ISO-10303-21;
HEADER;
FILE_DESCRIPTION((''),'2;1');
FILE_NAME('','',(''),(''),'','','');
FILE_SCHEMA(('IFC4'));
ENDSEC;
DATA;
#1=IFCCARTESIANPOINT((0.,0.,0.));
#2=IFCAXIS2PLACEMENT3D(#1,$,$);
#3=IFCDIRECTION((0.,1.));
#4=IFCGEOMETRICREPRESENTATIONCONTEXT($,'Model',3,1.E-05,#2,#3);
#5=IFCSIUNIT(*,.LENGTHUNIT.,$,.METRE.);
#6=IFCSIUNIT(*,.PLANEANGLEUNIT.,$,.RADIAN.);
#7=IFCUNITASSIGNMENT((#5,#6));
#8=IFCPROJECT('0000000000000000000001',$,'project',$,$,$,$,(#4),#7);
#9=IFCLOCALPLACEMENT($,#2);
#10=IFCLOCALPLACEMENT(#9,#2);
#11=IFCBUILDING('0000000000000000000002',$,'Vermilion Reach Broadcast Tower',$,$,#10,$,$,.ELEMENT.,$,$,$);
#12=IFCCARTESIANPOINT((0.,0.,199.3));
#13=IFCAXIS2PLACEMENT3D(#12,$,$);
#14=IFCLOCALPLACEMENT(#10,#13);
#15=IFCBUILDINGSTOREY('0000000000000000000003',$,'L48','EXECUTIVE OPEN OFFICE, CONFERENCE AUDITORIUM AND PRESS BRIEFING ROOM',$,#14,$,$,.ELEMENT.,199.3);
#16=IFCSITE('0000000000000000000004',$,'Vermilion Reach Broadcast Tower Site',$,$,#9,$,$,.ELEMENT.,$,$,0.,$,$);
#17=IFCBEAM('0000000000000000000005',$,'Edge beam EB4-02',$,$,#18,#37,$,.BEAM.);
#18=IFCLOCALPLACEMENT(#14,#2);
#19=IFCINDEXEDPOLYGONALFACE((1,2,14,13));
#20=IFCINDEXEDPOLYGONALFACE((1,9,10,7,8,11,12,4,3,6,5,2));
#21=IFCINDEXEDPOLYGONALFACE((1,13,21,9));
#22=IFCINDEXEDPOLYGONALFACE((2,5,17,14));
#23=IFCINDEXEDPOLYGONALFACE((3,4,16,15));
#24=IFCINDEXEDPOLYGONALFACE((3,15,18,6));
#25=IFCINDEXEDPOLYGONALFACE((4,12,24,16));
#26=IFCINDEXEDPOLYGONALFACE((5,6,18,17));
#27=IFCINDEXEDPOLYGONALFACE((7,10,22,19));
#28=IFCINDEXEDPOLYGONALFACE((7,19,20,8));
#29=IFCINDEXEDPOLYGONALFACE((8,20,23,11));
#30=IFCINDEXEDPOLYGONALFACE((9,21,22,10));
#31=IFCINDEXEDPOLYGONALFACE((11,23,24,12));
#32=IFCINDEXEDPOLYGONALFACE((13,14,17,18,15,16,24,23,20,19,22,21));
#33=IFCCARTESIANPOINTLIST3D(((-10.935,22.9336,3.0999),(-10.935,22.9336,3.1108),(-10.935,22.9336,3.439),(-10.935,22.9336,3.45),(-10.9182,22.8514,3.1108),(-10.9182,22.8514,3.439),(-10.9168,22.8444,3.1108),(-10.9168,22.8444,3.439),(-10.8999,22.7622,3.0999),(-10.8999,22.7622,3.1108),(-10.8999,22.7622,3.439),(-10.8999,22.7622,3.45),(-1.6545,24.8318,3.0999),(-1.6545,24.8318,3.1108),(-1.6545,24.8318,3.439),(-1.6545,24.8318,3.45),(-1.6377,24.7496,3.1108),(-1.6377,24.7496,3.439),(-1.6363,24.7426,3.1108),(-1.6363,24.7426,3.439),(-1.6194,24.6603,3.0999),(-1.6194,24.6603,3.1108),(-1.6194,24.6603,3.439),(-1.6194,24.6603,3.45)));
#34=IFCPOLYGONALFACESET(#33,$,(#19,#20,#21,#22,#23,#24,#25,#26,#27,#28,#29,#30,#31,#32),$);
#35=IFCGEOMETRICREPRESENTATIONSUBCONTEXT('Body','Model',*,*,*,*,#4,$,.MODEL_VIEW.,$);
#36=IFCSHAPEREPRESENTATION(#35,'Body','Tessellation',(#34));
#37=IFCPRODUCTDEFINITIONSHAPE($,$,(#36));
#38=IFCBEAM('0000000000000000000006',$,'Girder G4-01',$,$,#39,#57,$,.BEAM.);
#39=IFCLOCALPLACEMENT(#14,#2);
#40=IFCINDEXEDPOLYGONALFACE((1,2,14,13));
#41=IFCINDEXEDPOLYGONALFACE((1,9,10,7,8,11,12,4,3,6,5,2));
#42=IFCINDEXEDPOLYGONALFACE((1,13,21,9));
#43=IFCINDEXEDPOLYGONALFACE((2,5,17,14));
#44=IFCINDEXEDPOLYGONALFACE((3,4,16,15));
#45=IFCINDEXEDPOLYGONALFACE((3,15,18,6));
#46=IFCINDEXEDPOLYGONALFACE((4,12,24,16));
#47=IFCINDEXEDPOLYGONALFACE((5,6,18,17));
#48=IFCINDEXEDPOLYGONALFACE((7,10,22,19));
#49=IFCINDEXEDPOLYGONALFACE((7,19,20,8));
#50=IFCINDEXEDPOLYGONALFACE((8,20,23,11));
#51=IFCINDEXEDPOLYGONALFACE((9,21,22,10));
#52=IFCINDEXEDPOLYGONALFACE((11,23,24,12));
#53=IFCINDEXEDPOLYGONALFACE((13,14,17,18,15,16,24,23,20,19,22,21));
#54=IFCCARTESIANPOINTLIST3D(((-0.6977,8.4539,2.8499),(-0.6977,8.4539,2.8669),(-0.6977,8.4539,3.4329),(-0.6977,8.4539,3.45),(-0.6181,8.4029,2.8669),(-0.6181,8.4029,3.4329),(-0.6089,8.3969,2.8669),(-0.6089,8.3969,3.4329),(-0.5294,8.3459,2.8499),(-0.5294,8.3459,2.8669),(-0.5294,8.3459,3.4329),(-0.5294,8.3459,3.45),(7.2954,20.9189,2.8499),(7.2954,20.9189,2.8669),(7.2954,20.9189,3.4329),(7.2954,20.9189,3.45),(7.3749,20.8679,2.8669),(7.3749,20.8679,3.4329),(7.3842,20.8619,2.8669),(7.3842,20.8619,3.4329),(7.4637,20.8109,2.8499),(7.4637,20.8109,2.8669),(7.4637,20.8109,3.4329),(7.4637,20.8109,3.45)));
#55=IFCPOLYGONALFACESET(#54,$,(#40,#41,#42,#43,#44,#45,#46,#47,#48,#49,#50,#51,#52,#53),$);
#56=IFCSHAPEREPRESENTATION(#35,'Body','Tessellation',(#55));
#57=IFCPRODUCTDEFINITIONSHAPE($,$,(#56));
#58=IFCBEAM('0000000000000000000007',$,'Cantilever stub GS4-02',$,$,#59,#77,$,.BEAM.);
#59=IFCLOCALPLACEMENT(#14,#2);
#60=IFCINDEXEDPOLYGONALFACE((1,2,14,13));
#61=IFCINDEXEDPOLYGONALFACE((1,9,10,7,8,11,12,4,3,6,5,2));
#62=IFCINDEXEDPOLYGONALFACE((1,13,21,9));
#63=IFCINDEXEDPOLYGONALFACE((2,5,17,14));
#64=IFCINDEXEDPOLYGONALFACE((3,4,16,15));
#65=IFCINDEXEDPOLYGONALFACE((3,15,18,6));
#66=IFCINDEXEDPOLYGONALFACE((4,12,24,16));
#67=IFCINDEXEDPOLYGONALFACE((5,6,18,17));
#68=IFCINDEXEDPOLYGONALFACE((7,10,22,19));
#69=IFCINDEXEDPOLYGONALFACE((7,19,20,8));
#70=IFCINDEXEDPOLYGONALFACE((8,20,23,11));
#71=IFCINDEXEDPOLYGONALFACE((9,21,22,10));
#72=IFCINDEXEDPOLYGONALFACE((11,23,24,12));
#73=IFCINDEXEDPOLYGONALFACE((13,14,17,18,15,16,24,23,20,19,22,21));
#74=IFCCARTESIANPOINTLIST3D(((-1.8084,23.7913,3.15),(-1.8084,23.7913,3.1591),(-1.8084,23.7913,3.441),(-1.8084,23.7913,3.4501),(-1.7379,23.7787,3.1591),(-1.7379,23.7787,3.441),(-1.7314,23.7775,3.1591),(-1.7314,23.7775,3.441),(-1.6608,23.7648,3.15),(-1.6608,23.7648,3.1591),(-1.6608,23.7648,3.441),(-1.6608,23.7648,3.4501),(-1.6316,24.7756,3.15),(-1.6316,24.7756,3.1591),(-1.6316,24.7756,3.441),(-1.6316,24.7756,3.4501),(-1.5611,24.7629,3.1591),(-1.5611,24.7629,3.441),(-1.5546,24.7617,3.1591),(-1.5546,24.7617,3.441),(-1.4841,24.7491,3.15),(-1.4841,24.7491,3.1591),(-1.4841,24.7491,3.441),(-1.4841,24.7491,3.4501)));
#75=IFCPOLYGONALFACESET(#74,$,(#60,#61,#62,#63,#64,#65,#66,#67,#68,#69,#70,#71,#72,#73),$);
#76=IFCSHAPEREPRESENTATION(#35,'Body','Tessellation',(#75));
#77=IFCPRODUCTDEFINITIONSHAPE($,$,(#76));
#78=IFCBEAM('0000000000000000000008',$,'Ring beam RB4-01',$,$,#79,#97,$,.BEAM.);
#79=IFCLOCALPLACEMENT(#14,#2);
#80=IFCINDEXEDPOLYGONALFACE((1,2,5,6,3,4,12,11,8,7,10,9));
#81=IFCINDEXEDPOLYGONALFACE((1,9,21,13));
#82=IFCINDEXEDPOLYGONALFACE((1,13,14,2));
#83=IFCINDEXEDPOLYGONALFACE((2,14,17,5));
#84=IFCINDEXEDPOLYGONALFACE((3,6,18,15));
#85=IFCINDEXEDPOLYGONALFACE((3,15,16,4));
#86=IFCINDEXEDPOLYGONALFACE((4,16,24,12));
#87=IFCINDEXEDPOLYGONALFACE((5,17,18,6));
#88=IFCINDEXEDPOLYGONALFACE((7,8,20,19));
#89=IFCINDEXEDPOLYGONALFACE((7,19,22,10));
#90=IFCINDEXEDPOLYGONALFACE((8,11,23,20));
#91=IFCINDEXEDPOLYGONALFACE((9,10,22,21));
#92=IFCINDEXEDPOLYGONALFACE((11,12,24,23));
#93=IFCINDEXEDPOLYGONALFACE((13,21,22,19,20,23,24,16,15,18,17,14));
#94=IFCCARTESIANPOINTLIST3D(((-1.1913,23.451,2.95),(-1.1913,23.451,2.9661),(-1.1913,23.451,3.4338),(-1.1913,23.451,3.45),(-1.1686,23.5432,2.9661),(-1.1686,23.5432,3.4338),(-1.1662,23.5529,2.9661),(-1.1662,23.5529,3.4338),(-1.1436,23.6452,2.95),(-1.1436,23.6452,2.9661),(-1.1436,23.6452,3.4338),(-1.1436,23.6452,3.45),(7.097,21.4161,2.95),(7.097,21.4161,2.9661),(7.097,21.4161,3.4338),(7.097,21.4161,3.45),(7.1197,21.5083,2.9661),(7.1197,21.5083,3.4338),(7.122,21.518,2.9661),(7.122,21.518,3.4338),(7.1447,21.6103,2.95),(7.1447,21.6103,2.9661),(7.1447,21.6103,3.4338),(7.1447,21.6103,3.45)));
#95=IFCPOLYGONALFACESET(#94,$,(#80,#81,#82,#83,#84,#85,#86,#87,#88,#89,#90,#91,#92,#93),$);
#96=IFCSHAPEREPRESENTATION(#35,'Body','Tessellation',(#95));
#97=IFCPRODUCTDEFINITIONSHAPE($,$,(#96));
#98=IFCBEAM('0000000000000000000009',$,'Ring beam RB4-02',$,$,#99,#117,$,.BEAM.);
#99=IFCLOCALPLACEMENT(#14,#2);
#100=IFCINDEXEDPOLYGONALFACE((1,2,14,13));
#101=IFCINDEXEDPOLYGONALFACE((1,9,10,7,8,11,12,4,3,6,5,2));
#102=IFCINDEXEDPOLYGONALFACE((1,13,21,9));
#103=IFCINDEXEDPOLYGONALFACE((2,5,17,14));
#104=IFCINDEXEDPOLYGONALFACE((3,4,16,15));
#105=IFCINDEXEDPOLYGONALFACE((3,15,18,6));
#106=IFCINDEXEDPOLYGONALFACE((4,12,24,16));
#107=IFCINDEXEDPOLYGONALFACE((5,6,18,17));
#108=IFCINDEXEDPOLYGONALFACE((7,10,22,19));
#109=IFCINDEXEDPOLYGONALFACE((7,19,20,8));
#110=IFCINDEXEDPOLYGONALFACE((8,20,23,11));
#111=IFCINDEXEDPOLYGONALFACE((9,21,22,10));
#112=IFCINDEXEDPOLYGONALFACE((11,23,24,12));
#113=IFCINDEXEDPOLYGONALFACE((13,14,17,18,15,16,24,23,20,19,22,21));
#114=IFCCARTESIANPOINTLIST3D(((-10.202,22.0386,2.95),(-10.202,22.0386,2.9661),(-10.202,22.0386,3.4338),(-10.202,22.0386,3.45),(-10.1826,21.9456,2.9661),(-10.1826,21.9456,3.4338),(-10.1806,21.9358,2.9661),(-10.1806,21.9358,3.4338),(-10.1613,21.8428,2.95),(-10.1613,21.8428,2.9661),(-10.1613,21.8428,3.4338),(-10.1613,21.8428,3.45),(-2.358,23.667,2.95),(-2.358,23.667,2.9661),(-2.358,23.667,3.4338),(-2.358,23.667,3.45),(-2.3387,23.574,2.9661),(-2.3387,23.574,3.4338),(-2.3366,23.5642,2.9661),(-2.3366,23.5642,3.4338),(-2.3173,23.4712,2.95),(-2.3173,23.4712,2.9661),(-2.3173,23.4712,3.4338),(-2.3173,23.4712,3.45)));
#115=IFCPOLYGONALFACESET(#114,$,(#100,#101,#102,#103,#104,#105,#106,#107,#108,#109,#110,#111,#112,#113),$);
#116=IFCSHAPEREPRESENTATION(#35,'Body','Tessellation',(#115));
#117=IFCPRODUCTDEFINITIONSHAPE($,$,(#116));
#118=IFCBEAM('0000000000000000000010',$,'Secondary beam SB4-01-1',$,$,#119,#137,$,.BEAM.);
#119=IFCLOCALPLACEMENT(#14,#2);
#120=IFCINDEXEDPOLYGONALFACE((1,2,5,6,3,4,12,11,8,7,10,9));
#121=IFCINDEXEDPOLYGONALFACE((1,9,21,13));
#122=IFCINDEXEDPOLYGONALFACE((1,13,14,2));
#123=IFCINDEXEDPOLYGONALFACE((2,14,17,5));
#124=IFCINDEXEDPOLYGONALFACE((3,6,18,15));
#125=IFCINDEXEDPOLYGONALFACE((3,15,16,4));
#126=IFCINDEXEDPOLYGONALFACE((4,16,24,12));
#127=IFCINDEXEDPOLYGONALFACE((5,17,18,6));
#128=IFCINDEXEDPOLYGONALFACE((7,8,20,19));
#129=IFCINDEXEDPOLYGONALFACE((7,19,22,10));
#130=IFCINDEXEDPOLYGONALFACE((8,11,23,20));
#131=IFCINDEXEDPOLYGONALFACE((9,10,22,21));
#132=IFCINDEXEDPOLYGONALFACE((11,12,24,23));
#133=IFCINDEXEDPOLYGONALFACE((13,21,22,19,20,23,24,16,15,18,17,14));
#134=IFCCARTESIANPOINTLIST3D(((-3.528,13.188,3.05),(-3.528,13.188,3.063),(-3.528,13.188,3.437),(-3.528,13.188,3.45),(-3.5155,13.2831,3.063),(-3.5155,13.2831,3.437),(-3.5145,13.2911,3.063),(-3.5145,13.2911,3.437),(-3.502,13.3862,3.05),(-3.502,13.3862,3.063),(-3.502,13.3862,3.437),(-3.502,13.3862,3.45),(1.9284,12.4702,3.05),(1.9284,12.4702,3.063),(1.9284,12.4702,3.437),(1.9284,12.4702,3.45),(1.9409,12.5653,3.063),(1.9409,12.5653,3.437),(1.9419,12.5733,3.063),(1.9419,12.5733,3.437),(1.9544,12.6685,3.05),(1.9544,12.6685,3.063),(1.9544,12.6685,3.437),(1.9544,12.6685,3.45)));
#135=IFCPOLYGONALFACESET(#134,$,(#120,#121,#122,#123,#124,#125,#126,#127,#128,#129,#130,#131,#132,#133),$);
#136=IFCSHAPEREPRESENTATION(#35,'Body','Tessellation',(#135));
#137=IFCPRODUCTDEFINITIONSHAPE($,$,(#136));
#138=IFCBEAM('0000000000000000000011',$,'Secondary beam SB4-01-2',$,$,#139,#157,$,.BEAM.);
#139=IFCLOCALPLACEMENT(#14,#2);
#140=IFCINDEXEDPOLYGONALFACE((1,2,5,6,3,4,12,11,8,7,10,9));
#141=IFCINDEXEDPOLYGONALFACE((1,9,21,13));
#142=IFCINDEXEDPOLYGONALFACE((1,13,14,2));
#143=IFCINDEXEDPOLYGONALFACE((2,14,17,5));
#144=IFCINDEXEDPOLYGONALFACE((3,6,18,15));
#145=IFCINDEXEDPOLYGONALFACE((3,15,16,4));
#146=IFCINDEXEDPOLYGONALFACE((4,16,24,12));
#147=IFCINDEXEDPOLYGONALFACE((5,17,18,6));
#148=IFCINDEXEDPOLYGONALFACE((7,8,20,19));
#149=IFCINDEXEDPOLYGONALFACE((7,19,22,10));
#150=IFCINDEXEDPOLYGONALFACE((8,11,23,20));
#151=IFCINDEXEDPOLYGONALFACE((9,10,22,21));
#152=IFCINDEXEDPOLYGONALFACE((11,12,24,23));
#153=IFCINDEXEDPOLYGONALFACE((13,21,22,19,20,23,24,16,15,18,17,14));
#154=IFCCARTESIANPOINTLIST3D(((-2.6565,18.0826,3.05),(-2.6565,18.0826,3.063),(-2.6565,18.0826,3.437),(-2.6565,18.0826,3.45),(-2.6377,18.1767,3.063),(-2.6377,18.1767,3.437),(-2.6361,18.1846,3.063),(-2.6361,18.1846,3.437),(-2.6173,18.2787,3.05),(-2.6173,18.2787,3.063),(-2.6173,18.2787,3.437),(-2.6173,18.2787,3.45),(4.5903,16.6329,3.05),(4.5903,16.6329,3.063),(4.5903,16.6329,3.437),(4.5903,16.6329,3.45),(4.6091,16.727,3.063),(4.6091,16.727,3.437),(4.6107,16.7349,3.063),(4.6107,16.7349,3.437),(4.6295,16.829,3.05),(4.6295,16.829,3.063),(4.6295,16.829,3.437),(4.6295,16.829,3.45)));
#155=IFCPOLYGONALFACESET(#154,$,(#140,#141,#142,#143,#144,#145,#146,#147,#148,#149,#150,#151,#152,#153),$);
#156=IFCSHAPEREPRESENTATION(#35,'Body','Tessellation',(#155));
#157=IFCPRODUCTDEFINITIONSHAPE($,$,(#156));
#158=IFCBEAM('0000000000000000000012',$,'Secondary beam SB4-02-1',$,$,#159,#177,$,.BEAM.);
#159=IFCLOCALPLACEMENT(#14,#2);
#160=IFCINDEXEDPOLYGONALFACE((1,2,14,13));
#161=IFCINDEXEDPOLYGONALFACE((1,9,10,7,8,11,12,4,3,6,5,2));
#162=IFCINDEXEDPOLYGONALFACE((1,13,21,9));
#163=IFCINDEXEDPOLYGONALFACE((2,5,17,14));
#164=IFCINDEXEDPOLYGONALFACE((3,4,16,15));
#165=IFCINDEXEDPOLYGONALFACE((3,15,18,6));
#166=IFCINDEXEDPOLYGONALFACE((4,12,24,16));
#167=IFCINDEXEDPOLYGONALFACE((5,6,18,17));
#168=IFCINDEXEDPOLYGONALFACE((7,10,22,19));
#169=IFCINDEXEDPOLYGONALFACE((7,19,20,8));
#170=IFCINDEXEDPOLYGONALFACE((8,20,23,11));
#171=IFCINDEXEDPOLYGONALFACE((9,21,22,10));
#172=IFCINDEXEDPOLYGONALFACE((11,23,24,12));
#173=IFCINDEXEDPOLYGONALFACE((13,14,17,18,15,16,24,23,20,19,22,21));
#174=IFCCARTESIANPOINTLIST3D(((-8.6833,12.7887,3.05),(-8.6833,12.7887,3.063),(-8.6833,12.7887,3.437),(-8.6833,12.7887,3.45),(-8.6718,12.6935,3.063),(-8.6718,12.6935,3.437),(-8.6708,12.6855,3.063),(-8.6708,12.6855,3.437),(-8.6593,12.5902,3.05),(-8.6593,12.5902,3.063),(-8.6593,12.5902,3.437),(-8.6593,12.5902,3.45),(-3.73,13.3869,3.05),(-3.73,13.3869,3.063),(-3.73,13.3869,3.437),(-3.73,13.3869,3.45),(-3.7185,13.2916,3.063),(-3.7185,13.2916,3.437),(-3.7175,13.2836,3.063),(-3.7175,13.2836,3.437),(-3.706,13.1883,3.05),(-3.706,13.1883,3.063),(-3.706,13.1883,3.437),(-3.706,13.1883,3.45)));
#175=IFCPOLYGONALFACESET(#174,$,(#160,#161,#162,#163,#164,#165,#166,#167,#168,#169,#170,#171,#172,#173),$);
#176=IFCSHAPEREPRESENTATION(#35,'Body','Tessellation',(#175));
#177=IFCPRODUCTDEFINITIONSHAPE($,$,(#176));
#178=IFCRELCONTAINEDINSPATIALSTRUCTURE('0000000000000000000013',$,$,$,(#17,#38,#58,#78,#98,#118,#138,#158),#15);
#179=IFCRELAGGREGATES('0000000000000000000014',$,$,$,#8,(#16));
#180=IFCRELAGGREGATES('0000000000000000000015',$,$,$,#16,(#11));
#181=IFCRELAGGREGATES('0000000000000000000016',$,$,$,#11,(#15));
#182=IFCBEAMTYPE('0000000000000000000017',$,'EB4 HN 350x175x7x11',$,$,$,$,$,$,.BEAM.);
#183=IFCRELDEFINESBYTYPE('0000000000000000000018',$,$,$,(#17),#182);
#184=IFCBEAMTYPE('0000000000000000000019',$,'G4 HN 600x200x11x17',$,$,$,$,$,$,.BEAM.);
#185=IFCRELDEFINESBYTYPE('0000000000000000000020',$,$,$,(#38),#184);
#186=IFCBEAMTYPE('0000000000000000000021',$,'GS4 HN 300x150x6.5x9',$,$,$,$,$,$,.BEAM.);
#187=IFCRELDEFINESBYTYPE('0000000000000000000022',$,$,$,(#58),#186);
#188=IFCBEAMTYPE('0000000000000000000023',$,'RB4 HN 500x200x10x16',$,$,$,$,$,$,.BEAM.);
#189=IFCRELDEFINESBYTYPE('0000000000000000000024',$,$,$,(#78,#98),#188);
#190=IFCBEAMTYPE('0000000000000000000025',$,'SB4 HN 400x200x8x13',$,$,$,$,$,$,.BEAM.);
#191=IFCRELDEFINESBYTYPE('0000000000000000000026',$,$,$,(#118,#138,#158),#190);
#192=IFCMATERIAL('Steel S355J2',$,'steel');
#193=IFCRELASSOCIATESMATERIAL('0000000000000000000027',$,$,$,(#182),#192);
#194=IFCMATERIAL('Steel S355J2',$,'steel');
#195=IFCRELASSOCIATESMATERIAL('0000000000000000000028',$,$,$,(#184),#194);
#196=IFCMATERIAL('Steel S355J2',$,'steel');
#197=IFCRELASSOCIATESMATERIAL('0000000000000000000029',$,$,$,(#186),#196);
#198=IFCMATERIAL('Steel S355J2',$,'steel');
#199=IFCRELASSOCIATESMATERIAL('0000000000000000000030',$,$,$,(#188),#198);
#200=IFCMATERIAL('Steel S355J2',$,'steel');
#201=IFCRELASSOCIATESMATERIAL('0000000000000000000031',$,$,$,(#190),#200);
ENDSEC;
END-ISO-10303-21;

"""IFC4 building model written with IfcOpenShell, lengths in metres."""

from ifc_helpers import new_model, si_unit, direction, frame, origin, origin_2d, place, context, subcontext, project, spatial, i_section, extrude, material, material_profile, profile_set, type_object, element, save


model = new_model("IFC4")

# Units and contexts
model_context = context("Model", 3, precision=1e-05, world=origin(), true_north=direction((0.0, 1.0)))
body_context = subcontext(model_context, "Body", "Model", "MODEL_VIEW")
ifc_project = project(units=[si_unit("LENGTHUNIT", "METRE"), si_unit("PLANEANGLEUNIT", "RADIAN")], contexts=[model_context])

# Site, building, storey
site_placement = place(None, origin())
site = spatial("IfcSite", under=ifc_project, at=site_placement, Name="Vermilion Reach Broadcast Tower Site", CompositionType="ELEMENT", RefElevation=0.0)
building_placement = place(site_placement, origin())
building = spatial("IfcBuilding", under=site, at=building_placement, Name="Vermilion Reach Broadcast Tower", CompositionType="ELEMENT")
storey_placement = place(building_placement, frame((0.0, 0.0, 199.3)))
storey = spatial("IfcBuildingStorey", under=building, at=storey_placement, Name="L48", Description="EXECUTIVE OPEN OFFICE, CONFERENCE AUDITORIUM AND PRESS BRIEFING ROOM", CompositionType="ELEMENT", Elevation=199.3)

# Beams
ifc_material_1 = material(Name="Steel S355J2", Category="steel")
ifc_material_profile_1 = material_profile(ifc_material_1, i_section(OverallWidth=0.175, OverallDepth=0.3501, WebThickness=0.0071, FlangeThickness=0.011, at=origin_2d()), Name="S355J2 HN 350x175x7x11")
ifc_profile_set_1 = profile_set([ifc_material_profile_1], Name="Steel S355J2")
beam_type_1 = type_object("IfcBeamType", Name="EB4 HN 350x175x7x11", PredefinedType="BEAM", material=ifc_profile_set_1)
beam_1_placement = place(storey_placement, frame((-1.637, 24.7461, 3.2749), z_axis=(-0.979717, -0.200387, 0.0), x_axis=(0.200387, -0.979717, 0.0)))
element("IfcBeam", 1, at=beam_1_placement, inside=storey, type_object=beam_type_1, Name="Edge beam EB4-02", PredefinedType="BEAM", context=body_context, shape_type="SweptSolid", body=[
    extrude(i_section(OverallWidth=0.175, OverallDepth=0.3501, WebThickness=0.0071, FlangeThickness=0.011, at=origin_2d()), origin(), (0.0, 0.0, 1.0), 9.4727),
])
ifc_material_2 = material(Name="Steel S355J2", Category="steel")
ifc_material_profile_2 = material_profile(ifc_material_2, i_section(OverallWidth=0.2, OverallDepth=0.6001, WebThickness=0.011, FlangeThickness=0.0171, at=origin_2d()), Name="S355J2 HN 600x200x11x17")
ifc_profile_set_2 = profile_set([ifc_material_profile_2], Name="Steel S355J2")
beam_type_2 = type_object("IfcBeamType", Name="G4 HN 600x200x11x17", PredefinedType="BEAM", material=ifc_profile_set_2)
beam_2_placement = place(storey_placement, frame((-0.6135, 8.3999, 3.1499), z_axis=(0.539796, 0.841796, 0.0), x_axis=(-0.841796, 0.539796, 0.0)))
element("IfcBeam", 2, at=beam_2_placement, inside=storey, type_object=beam_type_2, Name="Girder G4-01", PredefinedType="BEAM", context=body_context, shape_type="SweptSolid", body=[
    extrude(i_section(OverallWidth=0.2, OverallDepth=0.6001, WebThickness=0.011, FlangeThickness=0.0171, at=origin_2d()), origin(), (0.0, 0.0, 1.0), 14.8076),
])
ifc_material_3 = material(Name="Steel S355J2", Category="steel")
ifc_material_profile_3 = material_profile(ifc_material_3, i_section(OverallWidth=0.1499, OverallDepth=0.3, WebThickness=0.0066, FlangeThickness=0.009, at=origin_2d()), Name="S355J2 HN 300x150x6.5x9")
ifc_profile_set_3 = profile_set([ifc_material_profile_3], Name="Steel S355J2")
beam_type_3 = type_object("IfcBeamType", Name="GS4 HN 300x150x6.5x9", PredefinedType="BEAM", material=ifc_profile_set_3)
beam_3_placement = place(storey_placement, frame((-1.7346, 23.7781, 3.3), z_axis=(0.176779, 0.984251, 0.0), x_axis=(-0.984251, 0.176779, 0.0)))
element("IfcBeam", 3, at=beam_3_placement, inside=storey, type_object=beam_type_3, Name="Cantilever stub GS4-02", PredefinedType="BEAM", context=body_context, shape_type="SweptSolid", body=[
    extrude(i_section(OverallWidth=0.1499, OverallDepth=0.3, WebThickness=0.0066, FlangeThickness=0.009, at=origin_2d()), origin(), (0.0, 0.0, 1.0), 1.0),
])
ifc_material_4 = material(Name="Steel S355J2", Category="steel")
ifc_material_profile_4 = material_profile(ifc_material_4, i_section(OverallWidth=0.2, OverallDepth=0.5, WebThickness=0.01, FlangeThickness=0.0161, at=origin_2d()), Name="S355J2 HN 500x200x10x16")
ifc_profile_set_4 = profile_set([ifc_material_profile_4], Name="Steel S355J2")
beam_type_4 = type_object("IfcBeamType", Name="RB4 HN 500x200x10x16", PredefinedType="BEAM", material=ifc_profile_set_4)
beam_4_placement = place(storey_placement, frame((7.1208, 21.5132, 3.2), z_axis=(-0.971159, 0.238434, 0.0), x_axis=(-0.238434, -0.971159, 0.0)))
element("IfcBeam", 4, at=beam_4_placement, inside=storey, type_object=beam_type_4, Name="Ring beam RB4-01", PredefinedType="BEAM", context=body_context, shape_type="SweptSolid", body=[
    extrude(i_section(OverallWidth=0.2, OverallDepth=0.5, WebThickness=0.01, FlangeThickness=0.0161, at=origin_2d()), origin(), (0.0, 0.0, 1.0), 8.5344),
])
beam_5_placement = place(storey_placement, frame((-2.3376, 23.5691, 3.2), z_axis=(-0.979123, -0.203267, 0.0), x_axis=(0.203267, -0.979123, 0.0)))
element("IfcBeam", 5, at=beam_5_placement, inside=storey, type_object=beam_type_4, Name="Ring beam RB4-02", PredefinedType="BEAM", context=body_context, shape_type="SweptSolid", body=[
    extrude(i_section(OverallWidth=0.2, OverallDepth=0.5, WebThickness=0.01, FlangeThickness=0.0161, at=origin_2d()), origin(), (0.0, 0.0, 1.0), 8.0112),
])
ifc_material_5 = material(Name="Steel S355J2", Category="steel")
ifc_material_profile_5 = material_profile(ifc_material_5, i_section(OverallWidth=0.2, OverallDepth=0.3999, WebThickness=0.0081, FlangeThickness=0.0129, at=origin_2d()), Name="S355J2 HN 400x200x8x13")
ifc_profile_set_5 = profile_set([ifc_material_profile_5], Name="Steel S355J2")
beam_type_5 = type_object("IfcBeamType", Name="SB4 HN 400x200x8x13", PredefinedType="BEAM", material=ifc_profile_set_5)
beam_6_placement = place(storey_placement, frame((1.9414, 12.5693, 3.25), z_axis=(-0.991458, 0.130426, 0.0), x_axis=(-0.130426, -0.991458, 0.0)))
element("IfcBeam", 6, at=beam_6_placement, inside=storey, type_object=beam_type_5, Name="Secondary beam SB4-01-1", PredefinedType="BEAM", context=body_context, shape_type="SweptSolid", body=[
    extrude(i_section(OverallWidth=0.2, OverallDepth=0.3999, WebThickness=0.0081, FlangeThickness=0.0129, at=origin_2d()), origin(), (0.0, 0.0, 1.0), 5.5034),
])
beam_7_placement = place(storey_placement, frame((4.6099, 16.731, 3.25), z_axis=(-0.980572, 0.196161, 0.0), x_axis=(-0.196161, -0.980572, 0.0)))
element("IfcBeam", 7, at=beam_7_placement, inside=storey, type_object=beam_type_5, Name="Secondary beam SB4-01-2", PredefinedType="BEAM", context=body_context, shape_type="SweptSolid", body=[
    extrude(i_section(OverallWidth=0.2, OverallDepth=0.3999, WebThickness=0.0081, FlangeThickness=0.0129, at=origin_2d()), origin(), (0.0, 0.0, 1.0), 7.3904),
])
beam_8_placement = place(storey_placement, frame((-3.718, 13.2876, 3.25), z_axis=(-0.992788, -0.119884, 0.0), x_axis=(0.119884, -0.992788, 0.0)))
element("IfcBeam", 8, at=beam_8_placement, inside=storey, type_object=beam_type_5, Name="Secondary beam SB4-02-1", PredefinedType="BEAM", context=body_context, shape_type="SweptSolid", body=[
    extrude(i_section(OverallWidth=0.2, OverallDepth=0.3999, WebThickness=0.0081, FlangeThickness=0.0129, at=origin_2d()), origin(), (0.0, 0.0, 1.0), 4.9893),
])

save(model, "model.ifc")
